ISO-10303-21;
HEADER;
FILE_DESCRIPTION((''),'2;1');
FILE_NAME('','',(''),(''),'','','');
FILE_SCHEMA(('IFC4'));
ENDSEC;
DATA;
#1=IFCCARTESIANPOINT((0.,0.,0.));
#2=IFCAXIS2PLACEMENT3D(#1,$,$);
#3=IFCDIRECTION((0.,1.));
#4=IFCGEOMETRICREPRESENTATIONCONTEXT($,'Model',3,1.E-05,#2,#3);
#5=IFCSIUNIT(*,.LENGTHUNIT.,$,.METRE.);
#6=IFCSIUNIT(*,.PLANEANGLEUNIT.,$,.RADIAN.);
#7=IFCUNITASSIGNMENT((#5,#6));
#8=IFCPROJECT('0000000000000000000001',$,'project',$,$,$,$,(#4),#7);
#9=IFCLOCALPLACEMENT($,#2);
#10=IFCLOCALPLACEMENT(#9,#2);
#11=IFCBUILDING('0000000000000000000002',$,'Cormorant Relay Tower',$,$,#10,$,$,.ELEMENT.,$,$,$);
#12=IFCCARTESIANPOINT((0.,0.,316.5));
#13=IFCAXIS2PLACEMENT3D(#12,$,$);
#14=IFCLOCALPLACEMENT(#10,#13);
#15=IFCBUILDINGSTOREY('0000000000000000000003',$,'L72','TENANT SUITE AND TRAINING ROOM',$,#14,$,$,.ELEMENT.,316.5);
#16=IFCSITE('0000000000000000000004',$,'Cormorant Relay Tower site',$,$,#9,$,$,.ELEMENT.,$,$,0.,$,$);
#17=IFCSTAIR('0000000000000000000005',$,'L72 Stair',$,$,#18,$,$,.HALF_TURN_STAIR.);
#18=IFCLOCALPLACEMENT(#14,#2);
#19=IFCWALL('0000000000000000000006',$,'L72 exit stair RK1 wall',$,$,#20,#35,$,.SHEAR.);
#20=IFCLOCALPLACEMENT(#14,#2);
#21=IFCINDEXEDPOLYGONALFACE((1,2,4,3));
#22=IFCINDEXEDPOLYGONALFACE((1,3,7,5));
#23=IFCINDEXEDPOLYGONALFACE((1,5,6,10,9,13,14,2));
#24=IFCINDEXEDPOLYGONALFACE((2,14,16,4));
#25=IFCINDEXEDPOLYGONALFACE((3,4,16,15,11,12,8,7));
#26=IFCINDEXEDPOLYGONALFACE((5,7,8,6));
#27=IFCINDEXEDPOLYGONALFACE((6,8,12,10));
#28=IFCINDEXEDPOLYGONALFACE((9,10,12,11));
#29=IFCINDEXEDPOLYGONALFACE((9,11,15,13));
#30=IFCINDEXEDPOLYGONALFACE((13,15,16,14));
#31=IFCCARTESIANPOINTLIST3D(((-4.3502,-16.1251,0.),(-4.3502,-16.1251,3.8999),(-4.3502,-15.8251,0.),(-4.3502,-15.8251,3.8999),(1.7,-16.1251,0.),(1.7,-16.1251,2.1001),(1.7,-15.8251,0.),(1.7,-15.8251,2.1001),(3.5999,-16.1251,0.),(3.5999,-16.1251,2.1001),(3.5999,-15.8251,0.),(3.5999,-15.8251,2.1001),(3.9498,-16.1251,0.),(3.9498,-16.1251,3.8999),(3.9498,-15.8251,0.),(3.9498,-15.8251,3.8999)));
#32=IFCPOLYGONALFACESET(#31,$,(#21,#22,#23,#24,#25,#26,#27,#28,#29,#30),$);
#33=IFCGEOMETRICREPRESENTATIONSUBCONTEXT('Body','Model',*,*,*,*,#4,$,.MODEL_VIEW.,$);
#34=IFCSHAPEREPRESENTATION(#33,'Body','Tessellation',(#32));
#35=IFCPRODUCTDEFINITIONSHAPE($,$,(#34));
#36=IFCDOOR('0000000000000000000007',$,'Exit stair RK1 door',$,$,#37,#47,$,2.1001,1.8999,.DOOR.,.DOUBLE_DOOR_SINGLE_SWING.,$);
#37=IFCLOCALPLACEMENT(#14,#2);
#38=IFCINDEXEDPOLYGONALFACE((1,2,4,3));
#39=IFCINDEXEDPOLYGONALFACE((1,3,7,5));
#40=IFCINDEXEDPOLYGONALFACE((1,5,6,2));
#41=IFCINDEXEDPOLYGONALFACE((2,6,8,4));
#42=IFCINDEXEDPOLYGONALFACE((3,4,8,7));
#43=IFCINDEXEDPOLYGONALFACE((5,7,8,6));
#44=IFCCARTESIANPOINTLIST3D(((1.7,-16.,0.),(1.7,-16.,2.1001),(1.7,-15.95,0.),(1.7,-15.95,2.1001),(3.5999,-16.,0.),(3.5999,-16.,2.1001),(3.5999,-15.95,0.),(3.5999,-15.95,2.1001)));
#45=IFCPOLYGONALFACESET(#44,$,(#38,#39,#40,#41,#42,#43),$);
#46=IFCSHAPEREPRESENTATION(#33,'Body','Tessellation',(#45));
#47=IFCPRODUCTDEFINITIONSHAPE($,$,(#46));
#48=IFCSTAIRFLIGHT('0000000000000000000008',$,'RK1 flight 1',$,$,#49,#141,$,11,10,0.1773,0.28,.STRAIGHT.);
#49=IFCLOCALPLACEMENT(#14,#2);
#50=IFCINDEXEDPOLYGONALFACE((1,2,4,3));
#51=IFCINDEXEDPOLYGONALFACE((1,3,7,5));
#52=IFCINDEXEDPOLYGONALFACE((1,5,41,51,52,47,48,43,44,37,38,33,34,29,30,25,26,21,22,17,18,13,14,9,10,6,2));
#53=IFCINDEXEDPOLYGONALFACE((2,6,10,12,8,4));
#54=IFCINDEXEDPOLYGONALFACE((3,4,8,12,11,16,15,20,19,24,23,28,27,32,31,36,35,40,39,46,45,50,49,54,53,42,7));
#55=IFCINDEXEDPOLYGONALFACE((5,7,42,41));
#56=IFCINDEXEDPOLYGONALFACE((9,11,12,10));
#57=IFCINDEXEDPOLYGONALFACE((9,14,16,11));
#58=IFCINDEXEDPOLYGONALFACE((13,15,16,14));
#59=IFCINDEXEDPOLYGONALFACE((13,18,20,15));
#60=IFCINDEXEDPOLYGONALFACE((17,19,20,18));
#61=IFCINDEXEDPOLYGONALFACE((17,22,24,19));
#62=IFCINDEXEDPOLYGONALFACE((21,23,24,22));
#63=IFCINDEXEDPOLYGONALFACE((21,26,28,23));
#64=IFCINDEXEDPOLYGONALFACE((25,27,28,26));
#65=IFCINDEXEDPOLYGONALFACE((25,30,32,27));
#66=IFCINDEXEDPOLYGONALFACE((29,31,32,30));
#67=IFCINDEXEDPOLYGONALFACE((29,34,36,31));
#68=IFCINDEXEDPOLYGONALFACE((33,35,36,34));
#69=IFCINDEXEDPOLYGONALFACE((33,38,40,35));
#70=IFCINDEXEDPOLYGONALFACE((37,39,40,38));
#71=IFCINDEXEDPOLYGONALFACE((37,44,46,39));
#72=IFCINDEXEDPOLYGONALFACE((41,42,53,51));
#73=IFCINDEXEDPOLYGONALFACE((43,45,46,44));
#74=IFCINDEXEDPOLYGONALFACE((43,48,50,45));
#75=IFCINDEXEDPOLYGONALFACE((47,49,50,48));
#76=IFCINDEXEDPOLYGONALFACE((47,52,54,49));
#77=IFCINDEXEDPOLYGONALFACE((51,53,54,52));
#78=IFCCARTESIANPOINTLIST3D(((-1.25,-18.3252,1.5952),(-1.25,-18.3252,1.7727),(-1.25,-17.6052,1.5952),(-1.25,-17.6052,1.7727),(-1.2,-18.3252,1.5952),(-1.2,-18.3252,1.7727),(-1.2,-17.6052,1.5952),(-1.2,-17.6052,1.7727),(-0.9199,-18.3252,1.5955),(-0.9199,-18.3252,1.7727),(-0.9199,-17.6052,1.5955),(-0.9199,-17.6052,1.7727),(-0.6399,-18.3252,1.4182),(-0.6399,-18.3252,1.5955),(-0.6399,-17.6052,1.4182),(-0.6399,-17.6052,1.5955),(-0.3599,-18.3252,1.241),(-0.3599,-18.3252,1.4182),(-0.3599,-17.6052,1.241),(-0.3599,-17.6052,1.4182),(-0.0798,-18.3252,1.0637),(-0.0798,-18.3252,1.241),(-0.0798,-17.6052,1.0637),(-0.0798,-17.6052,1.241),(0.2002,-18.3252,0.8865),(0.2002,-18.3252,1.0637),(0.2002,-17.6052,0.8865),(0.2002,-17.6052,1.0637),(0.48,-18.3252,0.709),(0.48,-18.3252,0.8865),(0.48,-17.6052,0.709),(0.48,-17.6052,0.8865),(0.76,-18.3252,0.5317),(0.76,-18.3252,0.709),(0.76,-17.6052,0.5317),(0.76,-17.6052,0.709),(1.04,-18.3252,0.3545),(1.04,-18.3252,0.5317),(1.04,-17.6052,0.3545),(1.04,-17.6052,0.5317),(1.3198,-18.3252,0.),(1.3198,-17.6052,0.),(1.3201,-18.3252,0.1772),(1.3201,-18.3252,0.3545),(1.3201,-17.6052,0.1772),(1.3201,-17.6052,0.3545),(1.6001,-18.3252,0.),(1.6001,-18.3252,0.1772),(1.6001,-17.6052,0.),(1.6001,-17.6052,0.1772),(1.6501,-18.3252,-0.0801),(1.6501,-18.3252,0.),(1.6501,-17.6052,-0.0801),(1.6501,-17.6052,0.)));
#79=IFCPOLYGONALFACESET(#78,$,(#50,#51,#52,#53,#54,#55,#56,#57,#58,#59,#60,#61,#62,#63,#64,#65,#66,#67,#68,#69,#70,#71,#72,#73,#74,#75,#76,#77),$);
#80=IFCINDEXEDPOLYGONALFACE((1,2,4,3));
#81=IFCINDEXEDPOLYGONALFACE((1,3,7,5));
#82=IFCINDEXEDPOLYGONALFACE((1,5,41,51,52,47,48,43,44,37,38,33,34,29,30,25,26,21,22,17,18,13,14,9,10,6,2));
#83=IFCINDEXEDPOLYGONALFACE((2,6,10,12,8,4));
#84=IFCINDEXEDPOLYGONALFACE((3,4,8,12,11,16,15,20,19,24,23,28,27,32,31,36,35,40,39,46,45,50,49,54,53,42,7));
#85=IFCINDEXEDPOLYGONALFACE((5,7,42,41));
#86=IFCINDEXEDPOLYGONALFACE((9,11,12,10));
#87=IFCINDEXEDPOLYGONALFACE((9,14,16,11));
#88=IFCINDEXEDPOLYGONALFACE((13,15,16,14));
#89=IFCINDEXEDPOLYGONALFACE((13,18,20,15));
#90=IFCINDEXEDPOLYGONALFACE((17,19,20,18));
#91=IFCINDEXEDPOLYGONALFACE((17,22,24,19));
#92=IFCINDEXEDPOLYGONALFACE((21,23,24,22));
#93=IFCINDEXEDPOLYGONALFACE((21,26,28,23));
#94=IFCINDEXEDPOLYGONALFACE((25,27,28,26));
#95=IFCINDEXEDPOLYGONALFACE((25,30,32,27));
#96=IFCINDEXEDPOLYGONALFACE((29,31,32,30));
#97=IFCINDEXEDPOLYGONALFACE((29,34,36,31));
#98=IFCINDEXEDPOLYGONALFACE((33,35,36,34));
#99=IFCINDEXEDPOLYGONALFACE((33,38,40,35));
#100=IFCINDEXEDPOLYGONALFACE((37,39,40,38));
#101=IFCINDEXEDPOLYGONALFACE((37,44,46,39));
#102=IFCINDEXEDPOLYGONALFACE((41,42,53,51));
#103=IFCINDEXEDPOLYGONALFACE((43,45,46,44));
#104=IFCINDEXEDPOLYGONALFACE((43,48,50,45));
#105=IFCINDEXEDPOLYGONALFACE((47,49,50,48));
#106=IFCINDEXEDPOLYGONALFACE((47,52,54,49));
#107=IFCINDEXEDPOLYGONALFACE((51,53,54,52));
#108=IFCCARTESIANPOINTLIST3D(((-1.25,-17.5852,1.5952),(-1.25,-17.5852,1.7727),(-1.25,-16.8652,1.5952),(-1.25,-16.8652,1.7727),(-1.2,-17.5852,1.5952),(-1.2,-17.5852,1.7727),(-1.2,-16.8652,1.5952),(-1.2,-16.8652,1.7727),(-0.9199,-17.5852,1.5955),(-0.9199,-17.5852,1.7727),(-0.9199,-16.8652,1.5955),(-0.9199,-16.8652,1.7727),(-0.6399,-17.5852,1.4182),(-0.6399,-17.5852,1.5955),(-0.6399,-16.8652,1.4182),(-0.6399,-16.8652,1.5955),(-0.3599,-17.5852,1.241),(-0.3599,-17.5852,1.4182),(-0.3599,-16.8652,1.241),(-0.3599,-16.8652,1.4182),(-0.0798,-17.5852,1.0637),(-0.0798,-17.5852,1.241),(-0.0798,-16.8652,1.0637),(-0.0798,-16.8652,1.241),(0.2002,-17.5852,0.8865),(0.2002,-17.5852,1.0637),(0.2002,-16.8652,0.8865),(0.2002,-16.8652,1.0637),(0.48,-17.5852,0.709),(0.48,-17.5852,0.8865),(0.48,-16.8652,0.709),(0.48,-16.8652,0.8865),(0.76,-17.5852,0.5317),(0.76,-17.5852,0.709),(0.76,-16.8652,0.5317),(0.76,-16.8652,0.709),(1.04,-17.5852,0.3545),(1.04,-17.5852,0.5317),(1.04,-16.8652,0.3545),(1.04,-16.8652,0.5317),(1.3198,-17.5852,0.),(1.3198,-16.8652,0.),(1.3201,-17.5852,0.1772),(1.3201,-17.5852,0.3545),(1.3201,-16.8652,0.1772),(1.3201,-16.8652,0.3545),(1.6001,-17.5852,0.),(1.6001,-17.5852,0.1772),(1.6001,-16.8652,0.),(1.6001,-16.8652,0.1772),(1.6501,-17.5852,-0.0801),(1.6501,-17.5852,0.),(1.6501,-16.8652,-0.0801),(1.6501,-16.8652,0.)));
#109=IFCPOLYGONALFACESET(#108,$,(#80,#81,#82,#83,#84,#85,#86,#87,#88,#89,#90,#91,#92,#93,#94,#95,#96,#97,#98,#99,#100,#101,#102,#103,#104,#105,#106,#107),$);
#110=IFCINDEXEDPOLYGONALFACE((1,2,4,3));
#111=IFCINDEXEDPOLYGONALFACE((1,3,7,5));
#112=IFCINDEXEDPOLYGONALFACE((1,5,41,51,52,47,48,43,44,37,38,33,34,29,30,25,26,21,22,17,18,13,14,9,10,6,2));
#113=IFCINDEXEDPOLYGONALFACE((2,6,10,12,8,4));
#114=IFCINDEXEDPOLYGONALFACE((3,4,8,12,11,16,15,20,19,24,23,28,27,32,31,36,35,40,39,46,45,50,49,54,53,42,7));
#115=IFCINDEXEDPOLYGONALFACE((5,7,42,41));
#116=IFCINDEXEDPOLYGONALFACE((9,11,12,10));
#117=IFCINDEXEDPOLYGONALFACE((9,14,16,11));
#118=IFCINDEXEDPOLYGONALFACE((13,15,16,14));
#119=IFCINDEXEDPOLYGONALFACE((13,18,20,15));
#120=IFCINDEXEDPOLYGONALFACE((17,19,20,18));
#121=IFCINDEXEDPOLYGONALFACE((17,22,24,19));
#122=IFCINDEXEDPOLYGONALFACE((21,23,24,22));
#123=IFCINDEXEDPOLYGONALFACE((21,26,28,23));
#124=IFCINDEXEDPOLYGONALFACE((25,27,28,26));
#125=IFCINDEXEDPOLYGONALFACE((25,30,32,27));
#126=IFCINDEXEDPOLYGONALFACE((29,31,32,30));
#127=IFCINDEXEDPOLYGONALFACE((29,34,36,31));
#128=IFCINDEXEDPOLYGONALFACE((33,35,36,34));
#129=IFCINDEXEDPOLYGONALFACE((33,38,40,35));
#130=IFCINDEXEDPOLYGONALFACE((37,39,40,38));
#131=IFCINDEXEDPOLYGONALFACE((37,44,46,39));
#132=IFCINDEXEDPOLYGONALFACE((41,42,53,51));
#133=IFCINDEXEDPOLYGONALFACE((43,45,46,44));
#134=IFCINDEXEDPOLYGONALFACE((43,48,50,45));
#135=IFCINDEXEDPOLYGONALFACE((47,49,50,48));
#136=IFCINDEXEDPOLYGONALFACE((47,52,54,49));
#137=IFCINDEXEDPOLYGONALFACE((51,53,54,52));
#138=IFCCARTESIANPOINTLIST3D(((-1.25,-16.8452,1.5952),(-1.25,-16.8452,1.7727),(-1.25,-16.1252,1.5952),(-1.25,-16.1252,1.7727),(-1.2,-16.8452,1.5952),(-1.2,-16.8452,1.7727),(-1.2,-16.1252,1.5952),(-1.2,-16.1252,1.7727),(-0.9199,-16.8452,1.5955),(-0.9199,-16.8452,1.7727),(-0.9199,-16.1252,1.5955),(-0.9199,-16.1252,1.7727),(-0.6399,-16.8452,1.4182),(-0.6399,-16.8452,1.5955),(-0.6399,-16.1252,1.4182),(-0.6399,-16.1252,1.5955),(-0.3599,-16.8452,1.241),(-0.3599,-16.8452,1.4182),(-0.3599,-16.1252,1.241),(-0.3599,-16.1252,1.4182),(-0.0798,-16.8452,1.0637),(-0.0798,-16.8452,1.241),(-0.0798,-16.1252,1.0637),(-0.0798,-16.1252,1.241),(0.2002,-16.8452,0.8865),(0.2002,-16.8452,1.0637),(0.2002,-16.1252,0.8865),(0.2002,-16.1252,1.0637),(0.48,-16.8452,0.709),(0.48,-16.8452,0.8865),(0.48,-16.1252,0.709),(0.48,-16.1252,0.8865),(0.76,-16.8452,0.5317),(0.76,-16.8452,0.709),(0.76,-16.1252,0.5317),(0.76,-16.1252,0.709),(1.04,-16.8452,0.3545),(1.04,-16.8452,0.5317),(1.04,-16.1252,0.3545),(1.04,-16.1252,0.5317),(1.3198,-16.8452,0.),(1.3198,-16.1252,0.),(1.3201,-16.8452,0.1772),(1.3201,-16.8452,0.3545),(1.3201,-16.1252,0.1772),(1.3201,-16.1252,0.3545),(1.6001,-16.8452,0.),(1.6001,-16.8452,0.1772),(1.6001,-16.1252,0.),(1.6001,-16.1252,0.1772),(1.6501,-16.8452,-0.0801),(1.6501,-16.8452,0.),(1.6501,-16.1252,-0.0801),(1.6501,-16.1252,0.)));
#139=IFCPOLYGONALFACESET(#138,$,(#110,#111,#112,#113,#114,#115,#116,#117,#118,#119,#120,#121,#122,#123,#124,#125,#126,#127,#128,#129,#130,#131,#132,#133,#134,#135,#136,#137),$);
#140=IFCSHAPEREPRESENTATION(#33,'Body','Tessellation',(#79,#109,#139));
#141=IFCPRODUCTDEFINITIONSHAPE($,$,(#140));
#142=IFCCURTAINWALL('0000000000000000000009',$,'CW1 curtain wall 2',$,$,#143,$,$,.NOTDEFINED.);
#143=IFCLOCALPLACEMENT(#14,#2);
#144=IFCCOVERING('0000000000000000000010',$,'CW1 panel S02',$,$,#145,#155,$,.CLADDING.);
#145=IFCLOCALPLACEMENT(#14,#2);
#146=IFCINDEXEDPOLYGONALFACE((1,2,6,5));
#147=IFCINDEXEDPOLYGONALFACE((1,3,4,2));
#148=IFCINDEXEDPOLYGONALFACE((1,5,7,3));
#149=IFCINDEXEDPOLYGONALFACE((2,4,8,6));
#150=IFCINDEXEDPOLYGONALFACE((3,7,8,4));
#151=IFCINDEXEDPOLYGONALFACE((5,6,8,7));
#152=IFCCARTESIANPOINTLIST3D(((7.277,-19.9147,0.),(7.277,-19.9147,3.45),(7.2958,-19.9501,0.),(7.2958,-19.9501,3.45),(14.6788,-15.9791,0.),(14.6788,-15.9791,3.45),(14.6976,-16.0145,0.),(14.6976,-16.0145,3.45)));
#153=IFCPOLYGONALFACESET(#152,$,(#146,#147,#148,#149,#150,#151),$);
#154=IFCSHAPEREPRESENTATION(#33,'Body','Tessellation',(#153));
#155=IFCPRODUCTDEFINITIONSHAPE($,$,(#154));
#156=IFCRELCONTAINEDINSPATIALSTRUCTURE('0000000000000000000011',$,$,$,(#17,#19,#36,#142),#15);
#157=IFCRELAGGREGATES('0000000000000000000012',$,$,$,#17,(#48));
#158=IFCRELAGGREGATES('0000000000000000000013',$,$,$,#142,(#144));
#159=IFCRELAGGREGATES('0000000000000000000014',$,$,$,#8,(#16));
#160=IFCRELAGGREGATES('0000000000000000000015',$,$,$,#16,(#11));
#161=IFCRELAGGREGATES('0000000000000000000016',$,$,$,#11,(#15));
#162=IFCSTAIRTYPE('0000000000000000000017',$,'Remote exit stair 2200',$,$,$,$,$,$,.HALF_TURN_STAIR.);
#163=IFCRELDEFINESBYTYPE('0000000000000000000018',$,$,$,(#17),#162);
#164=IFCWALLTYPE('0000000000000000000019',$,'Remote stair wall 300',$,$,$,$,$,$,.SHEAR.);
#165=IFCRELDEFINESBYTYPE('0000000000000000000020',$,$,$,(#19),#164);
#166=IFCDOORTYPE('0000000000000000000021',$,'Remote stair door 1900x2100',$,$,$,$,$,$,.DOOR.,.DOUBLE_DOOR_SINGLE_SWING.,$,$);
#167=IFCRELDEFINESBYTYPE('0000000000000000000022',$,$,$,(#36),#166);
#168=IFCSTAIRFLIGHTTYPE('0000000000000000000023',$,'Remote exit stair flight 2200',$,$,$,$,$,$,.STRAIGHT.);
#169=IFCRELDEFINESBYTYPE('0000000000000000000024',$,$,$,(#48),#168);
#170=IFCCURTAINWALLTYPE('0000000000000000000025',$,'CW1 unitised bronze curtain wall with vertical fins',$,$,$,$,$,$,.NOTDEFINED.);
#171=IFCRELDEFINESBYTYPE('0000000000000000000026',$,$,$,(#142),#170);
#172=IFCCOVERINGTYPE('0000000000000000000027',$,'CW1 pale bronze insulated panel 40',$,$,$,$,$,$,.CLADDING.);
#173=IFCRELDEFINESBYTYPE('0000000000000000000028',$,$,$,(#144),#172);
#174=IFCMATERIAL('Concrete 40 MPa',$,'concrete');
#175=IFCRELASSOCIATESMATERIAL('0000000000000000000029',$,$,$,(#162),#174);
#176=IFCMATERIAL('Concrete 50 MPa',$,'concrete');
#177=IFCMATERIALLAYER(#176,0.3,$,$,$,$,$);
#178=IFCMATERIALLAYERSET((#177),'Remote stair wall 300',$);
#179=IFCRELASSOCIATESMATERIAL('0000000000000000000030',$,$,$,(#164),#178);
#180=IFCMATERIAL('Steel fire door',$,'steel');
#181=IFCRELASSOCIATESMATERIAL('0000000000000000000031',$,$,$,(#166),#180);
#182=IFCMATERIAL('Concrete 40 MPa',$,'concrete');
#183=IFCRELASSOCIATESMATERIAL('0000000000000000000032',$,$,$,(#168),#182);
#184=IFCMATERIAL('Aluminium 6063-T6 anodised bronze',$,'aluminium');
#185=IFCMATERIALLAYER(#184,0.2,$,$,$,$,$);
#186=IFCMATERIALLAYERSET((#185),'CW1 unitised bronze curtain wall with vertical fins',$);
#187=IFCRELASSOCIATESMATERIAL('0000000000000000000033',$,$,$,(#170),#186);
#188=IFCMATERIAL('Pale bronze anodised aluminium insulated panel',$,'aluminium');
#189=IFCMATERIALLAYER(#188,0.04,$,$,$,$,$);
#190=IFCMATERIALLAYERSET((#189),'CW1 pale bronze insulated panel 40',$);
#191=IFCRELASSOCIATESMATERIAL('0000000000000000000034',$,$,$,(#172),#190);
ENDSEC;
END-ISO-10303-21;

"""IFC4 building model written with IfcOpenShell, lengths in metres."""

from ifc_helpers import new_model, si_unit, direction, frame, frame_2d, origin, origin_2d, place, context, subcontext, project, spatial, polyline, rectangle, outline, extrude, material, layer, layer_set, type_object, element, fill, aggregate, save


model = new_model("IFC4")

# Units and contexts
model_context = context("Model", 3, precision=1e-05, world=origin(), true_north=direction((0.0, 1.0)))
body_context = subcontext(model_context, "Body", "Model", "MODEL_VIEW")
ifc_project = project(units=[si_unit("LENGTHUNIT", "METRE"), si_unit("PLANEANGLEUNIT", "RADIAN")], contexts=[model_context])

# Site, building, storey
site_placement = place(None, origin())
site = spatial("IfcSite", under=ifc_project, at=site_placement, Name="Cormorant Relay Tower site", CompositionType="ELEMENT", RefElevation=0.0)
building_placement = place(site_placement, origin())
building = spatial("IfcBuilding", under=site, at=building_placement, Name="Cormorant Relay Tower", CompositionType="ELEMENT")
storey_placement = place(building_placement, frame((0.0, 0.0, 316.5)))
storey = spatial("IfcBuildingStorey", under=building, at=storey_placement, Name="L72", Description="TENANT SUITE AND TRAINING ROOM", CompositionType="ELEMENT", Elevation=316.5)

# Stair
ifc_material_1 = material(Name="Concrete 40 MPa", Category="concrete")
stair_type_1 = type_object("IfcStairType", Name="Remote exit stair 2200", PredefinedType="HALF_TURN_STAIR", material=ifc_material_1)
stair_1_placement = place(storey_placement, origin())
stair_1 = element("IfcStair", 1, at=stair_1_placement, inside=storey, type_object=stair_type_1, Name="L72 Stair", PredefinedType="HALF_TURN_STAIR")

# Shared definitions
ifc_material_2 = material(Name="Concrete 50 MPa", Category="concrete")
ifc_layer_1 = layer(ifc_material_2, 0.3)
ifc_layer_set_1 = layer_set([ifc_layer_1], Name="Remote stair wall 300")
wall_type_1 = type_object("IfcWallType", Name="Remote stair wall 300", PredefinedType="SHEAR", material=ifc_layer_set_1)

# Wall, opening, door
wall_1_placement = place(storey_placement, frame((-4.3501, -15.9751, 0.0), z_axis=(0.0, 0.0, 1.0), x_axis=(1.0, 0.0, 0.0)))
wall_1 = element("IfcWall", 2, at=wall_1_placement, inside=storey, type_object=wall_type_1, Name="L72 exit stair RK1 wall", PredefinedType="SHEAR", context=body_context, shape_type="SweptSolid", body=[
    extrude(rectangle(XDim=8.3, YDim=0.3, at=frame_2d((4.1499, 0.0))), origin(), (0.0, 0.0, 1.0), 3.8999),
])
opening_1_placement = place(wall_1_placement, frame((6.05, 0.0, 0.0)))
opening_1 = element("IfcOpeningElement", 3, at=opening_1_placement, cuts=wall_1, PredefinedType="OPENING", context=body_context, shape_type="SweptSolid", body=[
    extrude(rectangle(XDim=1.8999, YDim=2.1001, at=frame_2d((0.95, 1.05))), frame((0.0, 0.1599, 0.0), z_axis=(0.0, -1.0, 0.0), x_axis=(1.0, 0.0, 0.0)), (0.0, 0.0, 1.0), 0.3201),
])
ifc_material_3 = material(Name="Steel fire door", Category="steel")
door_type_1 = type_object("IfcDoorType", Name="Remote stair door 1900x2100", OperationType="DOUBLE_DOOR_SINGLE_SWING", PredefinedType="DOOR", material=ifc_material_3)
door_1_placement = place(opening_1_placement, frame((1.8999, 0.0, 0.0), z_axis=(0.0, 0.0, 1.0), x_axis=(-1.0, 0.0, 0.0)))
door_1 = element("IfcDoor", 4, at=door_1_placement, inside=storey, type_object=door_type_1, Name="Exit stair RK1 door", OperationType="DOUBLE_DOOR_SINGLE_SWING", OverallHeight=2.1001, OverallWidth=1.8999, PredefinedType="DOOR", context=body_context, shape_type="SweptSolid", body=[
    extrude(rectangle(XDim=1.8999, YDim=2.1001, at=frame_2d((0.95, 1.05))), frame((0.0, 0.0249, 0.0), z_axis=(0.0, -1.0, 0.0), x_axis=(1.0, 0.0, 0.0)), (0.0, 0.0, 1.0), 0.05),
])
fill(opening_1, door_1)

# Stair flight
ifc_material_4 = material(Name="Concrete 40 MPa", Category="concrete")
stair_flight_type = type_object("IfcStairFlightType", Name="Remote exit stair flight 2200", PredefinedType="STRAIGHT", material=ifc_material_4)
stair_flight_placement = place(storey_placement, frame((1.6001, -17.2251, 0.0), z_axis=(0.0, 0.0, 1.0), x_axis=(-1.0, 0.0, 0.0)))
stair_flight = element("IfcStairFlight", 5, at=stair_flight_placement, type_object=stair_flight_type, Name="RK1 flight 1", NumberOfRisers=11, NumberOfTreads=10, PredefinedType="STRAIGHT", RiserHeight=0.1773, TreadLength=0.28, context=body_context, shape_type="SweptSolid", body=[
    extrude(outline(polyline([(-0.05, -0.0801), (-0.05, 0.0), (0.0, 0.0), (0.0, 0.1772), (0.28, 0.1772), (0.28, 0.3545), (0.5601, 0.3545), (0.5601, 0.5317), (0.8401, 0.5317), (0.8401, 0.709), (1.1201, 0.709), (1.1201, 0.8865), (1.3999, 0.8865), (1.3999, 1.0637), (1.6799, 1.0637), (1.6799, 1.241), (1.96, 1.241), (1.96, 1.4182), (2.24, 1.4182), (2.24, 1.5955), (2.52, 1.5955), (2.52, 1.7727), (2.8, 1.7727), (2.8501, 1.7727), (2.8501, 1.5952), (2.8, 1.5952), (0.2803, 0.0), (-0.05, -0.0801)])), frame((0.0, 1.1001, 0.0), z_axis=(0.0, -1.0, 0.0), x_axis=(1.0, 0.0, 0.0)), (0.0, 0.0, 1.0), 0.72),
    extrude(outline(polyline([(-0.05, -0.0801), (-0.05, 0.0), (0.0, 0.0), (0.0, 0.1772), (0.28, 0.1772), (0.28, 0.3545), (0.5601, 0.3545), (0.5601, 0.5317), (0.8401, 0.5317), (0.8401, 0.709), (1.1201, 0.709), (1.1201, 0.8865), (1.3999, 0.8865), (1.3999, 1.0637), (1.6799, 1.0637), (1.6799, 1.241), (1.96, 1.241), (1.96, 1.4182), (2.24, 1.4182), (2.24, 1.5955), (2.52, 1.5955), (2.52, 1.7727), (2.8, 1.7727), (2.8501, 1.7727), (2.8501, 1.5952), (2.8, 1.5952), (0.2803, 0.0), (-0.05, -0.0801)])), frame((0.0, 0.3601, 0.0), z_axis=(0.0, -1.0, 0.0), x_axis=(1.0, 0.0, 0.0)), (0.0, 0.0, 1.0), 0.72),
    extrude(outline(polyline([(-0.05, -0.0801), (-0.05, 0.0), (0.0, 0.0), (0.0, 0.1772), (0.28, 0.1772), (0.28, 0.3545), (0.5601, 0.3545), (0.5601, 0.5317), (0.8401, 0.5317), (0.8401, 0.709), (1.1201, 0.709), (1.1201, 0.8865), (1.3999, 0.8865), (1.3999, 1.0637), (1.6799, 1.0637), (1.6799, 1.241), (1.96, 1.241), (1.96, 1.4182), (2.24, 1.4182), (2.24, 1.5955), (2.52, 1.5955), (2.52, 1.7727), (2.8, 1.7727), (2.8501, 1.7727), (2.8501, 1.5952), (2.8, 1.5952), (0.2803, 0.0), (-0.05, -0.0801)])), frame((0.0, -0.3799, 0.0), z_axis=(0.0, -1.0, 0.0), x_axis=(1.0, 0.0, 0.0)), (0.0, 0.0, 1.0), 0.72),
])
aggregate(stair_1, [stair_flight])

# Curtain wall, covering
ifc_material_5 = material(Name="Aluminium 6063-T6 anodised bronze", Category="aluminium")
ifc_layer_2 = layer(ifc_material_5, 0.2)
ifc_layer_set_2 = layer_set([ifc_layer_2], Name="CW1 unitised bronze curtain wall with vertical fins")
curtain_wall_type = type_object("IfcCurtainWallType", Name="CW1 unitised bronze curtain wall with vertical fins", PredefinedType="NOTDEFINED", material=ifc_layer_set_2)
curtain_wall_placement = place(storey_placement, origin())
curtain_wall = element("IfcCurtainWall", 6, at=curtain_wall_placement, inside=storey, type_object=curtain_wall_type, Name="CW1 curtain wall 2", PredefinedType="NOTDEFINED")
ifc_material_6 = material(Name="Pale bronze anodised aluminium insulated panel", Category="aluminium")
ifc_layer_3 = layer(ifc_material_6, 0.04)
ifc_layer_set_3 = layer_set([ifc_layer_3], Name="CW1 pale bronze insulated panel 40")
covering_type = type_object("IfcCoveringType", Name="CW1 pale bronze insulated panel 40", PredefinedType="CLADDING", material=ifc_layer_set_3)
covering_placement = place(storey_placement, frame((10.9873, -17.9646, 0.0), z_axis=(0.0, 0.0, 1.0), x_axis=(0.882948, 0.469472, 0.0)))
covering = element("IfcCovering", 7, at=covering_placement, type_object=covering_type, Name="CW1 panel S02", PredefinedType="CLADDING", context=body_context, shape_type="SweptSolid", body=[
    extrude(rectangle(XDim=8.3831, YDim=0.04, at=origin_2d()), origin(), (0.0, 0.0, 1.0), 3.45),
])
aggregate(curtain_wall, [covering])

save(model, "model.ifc")
